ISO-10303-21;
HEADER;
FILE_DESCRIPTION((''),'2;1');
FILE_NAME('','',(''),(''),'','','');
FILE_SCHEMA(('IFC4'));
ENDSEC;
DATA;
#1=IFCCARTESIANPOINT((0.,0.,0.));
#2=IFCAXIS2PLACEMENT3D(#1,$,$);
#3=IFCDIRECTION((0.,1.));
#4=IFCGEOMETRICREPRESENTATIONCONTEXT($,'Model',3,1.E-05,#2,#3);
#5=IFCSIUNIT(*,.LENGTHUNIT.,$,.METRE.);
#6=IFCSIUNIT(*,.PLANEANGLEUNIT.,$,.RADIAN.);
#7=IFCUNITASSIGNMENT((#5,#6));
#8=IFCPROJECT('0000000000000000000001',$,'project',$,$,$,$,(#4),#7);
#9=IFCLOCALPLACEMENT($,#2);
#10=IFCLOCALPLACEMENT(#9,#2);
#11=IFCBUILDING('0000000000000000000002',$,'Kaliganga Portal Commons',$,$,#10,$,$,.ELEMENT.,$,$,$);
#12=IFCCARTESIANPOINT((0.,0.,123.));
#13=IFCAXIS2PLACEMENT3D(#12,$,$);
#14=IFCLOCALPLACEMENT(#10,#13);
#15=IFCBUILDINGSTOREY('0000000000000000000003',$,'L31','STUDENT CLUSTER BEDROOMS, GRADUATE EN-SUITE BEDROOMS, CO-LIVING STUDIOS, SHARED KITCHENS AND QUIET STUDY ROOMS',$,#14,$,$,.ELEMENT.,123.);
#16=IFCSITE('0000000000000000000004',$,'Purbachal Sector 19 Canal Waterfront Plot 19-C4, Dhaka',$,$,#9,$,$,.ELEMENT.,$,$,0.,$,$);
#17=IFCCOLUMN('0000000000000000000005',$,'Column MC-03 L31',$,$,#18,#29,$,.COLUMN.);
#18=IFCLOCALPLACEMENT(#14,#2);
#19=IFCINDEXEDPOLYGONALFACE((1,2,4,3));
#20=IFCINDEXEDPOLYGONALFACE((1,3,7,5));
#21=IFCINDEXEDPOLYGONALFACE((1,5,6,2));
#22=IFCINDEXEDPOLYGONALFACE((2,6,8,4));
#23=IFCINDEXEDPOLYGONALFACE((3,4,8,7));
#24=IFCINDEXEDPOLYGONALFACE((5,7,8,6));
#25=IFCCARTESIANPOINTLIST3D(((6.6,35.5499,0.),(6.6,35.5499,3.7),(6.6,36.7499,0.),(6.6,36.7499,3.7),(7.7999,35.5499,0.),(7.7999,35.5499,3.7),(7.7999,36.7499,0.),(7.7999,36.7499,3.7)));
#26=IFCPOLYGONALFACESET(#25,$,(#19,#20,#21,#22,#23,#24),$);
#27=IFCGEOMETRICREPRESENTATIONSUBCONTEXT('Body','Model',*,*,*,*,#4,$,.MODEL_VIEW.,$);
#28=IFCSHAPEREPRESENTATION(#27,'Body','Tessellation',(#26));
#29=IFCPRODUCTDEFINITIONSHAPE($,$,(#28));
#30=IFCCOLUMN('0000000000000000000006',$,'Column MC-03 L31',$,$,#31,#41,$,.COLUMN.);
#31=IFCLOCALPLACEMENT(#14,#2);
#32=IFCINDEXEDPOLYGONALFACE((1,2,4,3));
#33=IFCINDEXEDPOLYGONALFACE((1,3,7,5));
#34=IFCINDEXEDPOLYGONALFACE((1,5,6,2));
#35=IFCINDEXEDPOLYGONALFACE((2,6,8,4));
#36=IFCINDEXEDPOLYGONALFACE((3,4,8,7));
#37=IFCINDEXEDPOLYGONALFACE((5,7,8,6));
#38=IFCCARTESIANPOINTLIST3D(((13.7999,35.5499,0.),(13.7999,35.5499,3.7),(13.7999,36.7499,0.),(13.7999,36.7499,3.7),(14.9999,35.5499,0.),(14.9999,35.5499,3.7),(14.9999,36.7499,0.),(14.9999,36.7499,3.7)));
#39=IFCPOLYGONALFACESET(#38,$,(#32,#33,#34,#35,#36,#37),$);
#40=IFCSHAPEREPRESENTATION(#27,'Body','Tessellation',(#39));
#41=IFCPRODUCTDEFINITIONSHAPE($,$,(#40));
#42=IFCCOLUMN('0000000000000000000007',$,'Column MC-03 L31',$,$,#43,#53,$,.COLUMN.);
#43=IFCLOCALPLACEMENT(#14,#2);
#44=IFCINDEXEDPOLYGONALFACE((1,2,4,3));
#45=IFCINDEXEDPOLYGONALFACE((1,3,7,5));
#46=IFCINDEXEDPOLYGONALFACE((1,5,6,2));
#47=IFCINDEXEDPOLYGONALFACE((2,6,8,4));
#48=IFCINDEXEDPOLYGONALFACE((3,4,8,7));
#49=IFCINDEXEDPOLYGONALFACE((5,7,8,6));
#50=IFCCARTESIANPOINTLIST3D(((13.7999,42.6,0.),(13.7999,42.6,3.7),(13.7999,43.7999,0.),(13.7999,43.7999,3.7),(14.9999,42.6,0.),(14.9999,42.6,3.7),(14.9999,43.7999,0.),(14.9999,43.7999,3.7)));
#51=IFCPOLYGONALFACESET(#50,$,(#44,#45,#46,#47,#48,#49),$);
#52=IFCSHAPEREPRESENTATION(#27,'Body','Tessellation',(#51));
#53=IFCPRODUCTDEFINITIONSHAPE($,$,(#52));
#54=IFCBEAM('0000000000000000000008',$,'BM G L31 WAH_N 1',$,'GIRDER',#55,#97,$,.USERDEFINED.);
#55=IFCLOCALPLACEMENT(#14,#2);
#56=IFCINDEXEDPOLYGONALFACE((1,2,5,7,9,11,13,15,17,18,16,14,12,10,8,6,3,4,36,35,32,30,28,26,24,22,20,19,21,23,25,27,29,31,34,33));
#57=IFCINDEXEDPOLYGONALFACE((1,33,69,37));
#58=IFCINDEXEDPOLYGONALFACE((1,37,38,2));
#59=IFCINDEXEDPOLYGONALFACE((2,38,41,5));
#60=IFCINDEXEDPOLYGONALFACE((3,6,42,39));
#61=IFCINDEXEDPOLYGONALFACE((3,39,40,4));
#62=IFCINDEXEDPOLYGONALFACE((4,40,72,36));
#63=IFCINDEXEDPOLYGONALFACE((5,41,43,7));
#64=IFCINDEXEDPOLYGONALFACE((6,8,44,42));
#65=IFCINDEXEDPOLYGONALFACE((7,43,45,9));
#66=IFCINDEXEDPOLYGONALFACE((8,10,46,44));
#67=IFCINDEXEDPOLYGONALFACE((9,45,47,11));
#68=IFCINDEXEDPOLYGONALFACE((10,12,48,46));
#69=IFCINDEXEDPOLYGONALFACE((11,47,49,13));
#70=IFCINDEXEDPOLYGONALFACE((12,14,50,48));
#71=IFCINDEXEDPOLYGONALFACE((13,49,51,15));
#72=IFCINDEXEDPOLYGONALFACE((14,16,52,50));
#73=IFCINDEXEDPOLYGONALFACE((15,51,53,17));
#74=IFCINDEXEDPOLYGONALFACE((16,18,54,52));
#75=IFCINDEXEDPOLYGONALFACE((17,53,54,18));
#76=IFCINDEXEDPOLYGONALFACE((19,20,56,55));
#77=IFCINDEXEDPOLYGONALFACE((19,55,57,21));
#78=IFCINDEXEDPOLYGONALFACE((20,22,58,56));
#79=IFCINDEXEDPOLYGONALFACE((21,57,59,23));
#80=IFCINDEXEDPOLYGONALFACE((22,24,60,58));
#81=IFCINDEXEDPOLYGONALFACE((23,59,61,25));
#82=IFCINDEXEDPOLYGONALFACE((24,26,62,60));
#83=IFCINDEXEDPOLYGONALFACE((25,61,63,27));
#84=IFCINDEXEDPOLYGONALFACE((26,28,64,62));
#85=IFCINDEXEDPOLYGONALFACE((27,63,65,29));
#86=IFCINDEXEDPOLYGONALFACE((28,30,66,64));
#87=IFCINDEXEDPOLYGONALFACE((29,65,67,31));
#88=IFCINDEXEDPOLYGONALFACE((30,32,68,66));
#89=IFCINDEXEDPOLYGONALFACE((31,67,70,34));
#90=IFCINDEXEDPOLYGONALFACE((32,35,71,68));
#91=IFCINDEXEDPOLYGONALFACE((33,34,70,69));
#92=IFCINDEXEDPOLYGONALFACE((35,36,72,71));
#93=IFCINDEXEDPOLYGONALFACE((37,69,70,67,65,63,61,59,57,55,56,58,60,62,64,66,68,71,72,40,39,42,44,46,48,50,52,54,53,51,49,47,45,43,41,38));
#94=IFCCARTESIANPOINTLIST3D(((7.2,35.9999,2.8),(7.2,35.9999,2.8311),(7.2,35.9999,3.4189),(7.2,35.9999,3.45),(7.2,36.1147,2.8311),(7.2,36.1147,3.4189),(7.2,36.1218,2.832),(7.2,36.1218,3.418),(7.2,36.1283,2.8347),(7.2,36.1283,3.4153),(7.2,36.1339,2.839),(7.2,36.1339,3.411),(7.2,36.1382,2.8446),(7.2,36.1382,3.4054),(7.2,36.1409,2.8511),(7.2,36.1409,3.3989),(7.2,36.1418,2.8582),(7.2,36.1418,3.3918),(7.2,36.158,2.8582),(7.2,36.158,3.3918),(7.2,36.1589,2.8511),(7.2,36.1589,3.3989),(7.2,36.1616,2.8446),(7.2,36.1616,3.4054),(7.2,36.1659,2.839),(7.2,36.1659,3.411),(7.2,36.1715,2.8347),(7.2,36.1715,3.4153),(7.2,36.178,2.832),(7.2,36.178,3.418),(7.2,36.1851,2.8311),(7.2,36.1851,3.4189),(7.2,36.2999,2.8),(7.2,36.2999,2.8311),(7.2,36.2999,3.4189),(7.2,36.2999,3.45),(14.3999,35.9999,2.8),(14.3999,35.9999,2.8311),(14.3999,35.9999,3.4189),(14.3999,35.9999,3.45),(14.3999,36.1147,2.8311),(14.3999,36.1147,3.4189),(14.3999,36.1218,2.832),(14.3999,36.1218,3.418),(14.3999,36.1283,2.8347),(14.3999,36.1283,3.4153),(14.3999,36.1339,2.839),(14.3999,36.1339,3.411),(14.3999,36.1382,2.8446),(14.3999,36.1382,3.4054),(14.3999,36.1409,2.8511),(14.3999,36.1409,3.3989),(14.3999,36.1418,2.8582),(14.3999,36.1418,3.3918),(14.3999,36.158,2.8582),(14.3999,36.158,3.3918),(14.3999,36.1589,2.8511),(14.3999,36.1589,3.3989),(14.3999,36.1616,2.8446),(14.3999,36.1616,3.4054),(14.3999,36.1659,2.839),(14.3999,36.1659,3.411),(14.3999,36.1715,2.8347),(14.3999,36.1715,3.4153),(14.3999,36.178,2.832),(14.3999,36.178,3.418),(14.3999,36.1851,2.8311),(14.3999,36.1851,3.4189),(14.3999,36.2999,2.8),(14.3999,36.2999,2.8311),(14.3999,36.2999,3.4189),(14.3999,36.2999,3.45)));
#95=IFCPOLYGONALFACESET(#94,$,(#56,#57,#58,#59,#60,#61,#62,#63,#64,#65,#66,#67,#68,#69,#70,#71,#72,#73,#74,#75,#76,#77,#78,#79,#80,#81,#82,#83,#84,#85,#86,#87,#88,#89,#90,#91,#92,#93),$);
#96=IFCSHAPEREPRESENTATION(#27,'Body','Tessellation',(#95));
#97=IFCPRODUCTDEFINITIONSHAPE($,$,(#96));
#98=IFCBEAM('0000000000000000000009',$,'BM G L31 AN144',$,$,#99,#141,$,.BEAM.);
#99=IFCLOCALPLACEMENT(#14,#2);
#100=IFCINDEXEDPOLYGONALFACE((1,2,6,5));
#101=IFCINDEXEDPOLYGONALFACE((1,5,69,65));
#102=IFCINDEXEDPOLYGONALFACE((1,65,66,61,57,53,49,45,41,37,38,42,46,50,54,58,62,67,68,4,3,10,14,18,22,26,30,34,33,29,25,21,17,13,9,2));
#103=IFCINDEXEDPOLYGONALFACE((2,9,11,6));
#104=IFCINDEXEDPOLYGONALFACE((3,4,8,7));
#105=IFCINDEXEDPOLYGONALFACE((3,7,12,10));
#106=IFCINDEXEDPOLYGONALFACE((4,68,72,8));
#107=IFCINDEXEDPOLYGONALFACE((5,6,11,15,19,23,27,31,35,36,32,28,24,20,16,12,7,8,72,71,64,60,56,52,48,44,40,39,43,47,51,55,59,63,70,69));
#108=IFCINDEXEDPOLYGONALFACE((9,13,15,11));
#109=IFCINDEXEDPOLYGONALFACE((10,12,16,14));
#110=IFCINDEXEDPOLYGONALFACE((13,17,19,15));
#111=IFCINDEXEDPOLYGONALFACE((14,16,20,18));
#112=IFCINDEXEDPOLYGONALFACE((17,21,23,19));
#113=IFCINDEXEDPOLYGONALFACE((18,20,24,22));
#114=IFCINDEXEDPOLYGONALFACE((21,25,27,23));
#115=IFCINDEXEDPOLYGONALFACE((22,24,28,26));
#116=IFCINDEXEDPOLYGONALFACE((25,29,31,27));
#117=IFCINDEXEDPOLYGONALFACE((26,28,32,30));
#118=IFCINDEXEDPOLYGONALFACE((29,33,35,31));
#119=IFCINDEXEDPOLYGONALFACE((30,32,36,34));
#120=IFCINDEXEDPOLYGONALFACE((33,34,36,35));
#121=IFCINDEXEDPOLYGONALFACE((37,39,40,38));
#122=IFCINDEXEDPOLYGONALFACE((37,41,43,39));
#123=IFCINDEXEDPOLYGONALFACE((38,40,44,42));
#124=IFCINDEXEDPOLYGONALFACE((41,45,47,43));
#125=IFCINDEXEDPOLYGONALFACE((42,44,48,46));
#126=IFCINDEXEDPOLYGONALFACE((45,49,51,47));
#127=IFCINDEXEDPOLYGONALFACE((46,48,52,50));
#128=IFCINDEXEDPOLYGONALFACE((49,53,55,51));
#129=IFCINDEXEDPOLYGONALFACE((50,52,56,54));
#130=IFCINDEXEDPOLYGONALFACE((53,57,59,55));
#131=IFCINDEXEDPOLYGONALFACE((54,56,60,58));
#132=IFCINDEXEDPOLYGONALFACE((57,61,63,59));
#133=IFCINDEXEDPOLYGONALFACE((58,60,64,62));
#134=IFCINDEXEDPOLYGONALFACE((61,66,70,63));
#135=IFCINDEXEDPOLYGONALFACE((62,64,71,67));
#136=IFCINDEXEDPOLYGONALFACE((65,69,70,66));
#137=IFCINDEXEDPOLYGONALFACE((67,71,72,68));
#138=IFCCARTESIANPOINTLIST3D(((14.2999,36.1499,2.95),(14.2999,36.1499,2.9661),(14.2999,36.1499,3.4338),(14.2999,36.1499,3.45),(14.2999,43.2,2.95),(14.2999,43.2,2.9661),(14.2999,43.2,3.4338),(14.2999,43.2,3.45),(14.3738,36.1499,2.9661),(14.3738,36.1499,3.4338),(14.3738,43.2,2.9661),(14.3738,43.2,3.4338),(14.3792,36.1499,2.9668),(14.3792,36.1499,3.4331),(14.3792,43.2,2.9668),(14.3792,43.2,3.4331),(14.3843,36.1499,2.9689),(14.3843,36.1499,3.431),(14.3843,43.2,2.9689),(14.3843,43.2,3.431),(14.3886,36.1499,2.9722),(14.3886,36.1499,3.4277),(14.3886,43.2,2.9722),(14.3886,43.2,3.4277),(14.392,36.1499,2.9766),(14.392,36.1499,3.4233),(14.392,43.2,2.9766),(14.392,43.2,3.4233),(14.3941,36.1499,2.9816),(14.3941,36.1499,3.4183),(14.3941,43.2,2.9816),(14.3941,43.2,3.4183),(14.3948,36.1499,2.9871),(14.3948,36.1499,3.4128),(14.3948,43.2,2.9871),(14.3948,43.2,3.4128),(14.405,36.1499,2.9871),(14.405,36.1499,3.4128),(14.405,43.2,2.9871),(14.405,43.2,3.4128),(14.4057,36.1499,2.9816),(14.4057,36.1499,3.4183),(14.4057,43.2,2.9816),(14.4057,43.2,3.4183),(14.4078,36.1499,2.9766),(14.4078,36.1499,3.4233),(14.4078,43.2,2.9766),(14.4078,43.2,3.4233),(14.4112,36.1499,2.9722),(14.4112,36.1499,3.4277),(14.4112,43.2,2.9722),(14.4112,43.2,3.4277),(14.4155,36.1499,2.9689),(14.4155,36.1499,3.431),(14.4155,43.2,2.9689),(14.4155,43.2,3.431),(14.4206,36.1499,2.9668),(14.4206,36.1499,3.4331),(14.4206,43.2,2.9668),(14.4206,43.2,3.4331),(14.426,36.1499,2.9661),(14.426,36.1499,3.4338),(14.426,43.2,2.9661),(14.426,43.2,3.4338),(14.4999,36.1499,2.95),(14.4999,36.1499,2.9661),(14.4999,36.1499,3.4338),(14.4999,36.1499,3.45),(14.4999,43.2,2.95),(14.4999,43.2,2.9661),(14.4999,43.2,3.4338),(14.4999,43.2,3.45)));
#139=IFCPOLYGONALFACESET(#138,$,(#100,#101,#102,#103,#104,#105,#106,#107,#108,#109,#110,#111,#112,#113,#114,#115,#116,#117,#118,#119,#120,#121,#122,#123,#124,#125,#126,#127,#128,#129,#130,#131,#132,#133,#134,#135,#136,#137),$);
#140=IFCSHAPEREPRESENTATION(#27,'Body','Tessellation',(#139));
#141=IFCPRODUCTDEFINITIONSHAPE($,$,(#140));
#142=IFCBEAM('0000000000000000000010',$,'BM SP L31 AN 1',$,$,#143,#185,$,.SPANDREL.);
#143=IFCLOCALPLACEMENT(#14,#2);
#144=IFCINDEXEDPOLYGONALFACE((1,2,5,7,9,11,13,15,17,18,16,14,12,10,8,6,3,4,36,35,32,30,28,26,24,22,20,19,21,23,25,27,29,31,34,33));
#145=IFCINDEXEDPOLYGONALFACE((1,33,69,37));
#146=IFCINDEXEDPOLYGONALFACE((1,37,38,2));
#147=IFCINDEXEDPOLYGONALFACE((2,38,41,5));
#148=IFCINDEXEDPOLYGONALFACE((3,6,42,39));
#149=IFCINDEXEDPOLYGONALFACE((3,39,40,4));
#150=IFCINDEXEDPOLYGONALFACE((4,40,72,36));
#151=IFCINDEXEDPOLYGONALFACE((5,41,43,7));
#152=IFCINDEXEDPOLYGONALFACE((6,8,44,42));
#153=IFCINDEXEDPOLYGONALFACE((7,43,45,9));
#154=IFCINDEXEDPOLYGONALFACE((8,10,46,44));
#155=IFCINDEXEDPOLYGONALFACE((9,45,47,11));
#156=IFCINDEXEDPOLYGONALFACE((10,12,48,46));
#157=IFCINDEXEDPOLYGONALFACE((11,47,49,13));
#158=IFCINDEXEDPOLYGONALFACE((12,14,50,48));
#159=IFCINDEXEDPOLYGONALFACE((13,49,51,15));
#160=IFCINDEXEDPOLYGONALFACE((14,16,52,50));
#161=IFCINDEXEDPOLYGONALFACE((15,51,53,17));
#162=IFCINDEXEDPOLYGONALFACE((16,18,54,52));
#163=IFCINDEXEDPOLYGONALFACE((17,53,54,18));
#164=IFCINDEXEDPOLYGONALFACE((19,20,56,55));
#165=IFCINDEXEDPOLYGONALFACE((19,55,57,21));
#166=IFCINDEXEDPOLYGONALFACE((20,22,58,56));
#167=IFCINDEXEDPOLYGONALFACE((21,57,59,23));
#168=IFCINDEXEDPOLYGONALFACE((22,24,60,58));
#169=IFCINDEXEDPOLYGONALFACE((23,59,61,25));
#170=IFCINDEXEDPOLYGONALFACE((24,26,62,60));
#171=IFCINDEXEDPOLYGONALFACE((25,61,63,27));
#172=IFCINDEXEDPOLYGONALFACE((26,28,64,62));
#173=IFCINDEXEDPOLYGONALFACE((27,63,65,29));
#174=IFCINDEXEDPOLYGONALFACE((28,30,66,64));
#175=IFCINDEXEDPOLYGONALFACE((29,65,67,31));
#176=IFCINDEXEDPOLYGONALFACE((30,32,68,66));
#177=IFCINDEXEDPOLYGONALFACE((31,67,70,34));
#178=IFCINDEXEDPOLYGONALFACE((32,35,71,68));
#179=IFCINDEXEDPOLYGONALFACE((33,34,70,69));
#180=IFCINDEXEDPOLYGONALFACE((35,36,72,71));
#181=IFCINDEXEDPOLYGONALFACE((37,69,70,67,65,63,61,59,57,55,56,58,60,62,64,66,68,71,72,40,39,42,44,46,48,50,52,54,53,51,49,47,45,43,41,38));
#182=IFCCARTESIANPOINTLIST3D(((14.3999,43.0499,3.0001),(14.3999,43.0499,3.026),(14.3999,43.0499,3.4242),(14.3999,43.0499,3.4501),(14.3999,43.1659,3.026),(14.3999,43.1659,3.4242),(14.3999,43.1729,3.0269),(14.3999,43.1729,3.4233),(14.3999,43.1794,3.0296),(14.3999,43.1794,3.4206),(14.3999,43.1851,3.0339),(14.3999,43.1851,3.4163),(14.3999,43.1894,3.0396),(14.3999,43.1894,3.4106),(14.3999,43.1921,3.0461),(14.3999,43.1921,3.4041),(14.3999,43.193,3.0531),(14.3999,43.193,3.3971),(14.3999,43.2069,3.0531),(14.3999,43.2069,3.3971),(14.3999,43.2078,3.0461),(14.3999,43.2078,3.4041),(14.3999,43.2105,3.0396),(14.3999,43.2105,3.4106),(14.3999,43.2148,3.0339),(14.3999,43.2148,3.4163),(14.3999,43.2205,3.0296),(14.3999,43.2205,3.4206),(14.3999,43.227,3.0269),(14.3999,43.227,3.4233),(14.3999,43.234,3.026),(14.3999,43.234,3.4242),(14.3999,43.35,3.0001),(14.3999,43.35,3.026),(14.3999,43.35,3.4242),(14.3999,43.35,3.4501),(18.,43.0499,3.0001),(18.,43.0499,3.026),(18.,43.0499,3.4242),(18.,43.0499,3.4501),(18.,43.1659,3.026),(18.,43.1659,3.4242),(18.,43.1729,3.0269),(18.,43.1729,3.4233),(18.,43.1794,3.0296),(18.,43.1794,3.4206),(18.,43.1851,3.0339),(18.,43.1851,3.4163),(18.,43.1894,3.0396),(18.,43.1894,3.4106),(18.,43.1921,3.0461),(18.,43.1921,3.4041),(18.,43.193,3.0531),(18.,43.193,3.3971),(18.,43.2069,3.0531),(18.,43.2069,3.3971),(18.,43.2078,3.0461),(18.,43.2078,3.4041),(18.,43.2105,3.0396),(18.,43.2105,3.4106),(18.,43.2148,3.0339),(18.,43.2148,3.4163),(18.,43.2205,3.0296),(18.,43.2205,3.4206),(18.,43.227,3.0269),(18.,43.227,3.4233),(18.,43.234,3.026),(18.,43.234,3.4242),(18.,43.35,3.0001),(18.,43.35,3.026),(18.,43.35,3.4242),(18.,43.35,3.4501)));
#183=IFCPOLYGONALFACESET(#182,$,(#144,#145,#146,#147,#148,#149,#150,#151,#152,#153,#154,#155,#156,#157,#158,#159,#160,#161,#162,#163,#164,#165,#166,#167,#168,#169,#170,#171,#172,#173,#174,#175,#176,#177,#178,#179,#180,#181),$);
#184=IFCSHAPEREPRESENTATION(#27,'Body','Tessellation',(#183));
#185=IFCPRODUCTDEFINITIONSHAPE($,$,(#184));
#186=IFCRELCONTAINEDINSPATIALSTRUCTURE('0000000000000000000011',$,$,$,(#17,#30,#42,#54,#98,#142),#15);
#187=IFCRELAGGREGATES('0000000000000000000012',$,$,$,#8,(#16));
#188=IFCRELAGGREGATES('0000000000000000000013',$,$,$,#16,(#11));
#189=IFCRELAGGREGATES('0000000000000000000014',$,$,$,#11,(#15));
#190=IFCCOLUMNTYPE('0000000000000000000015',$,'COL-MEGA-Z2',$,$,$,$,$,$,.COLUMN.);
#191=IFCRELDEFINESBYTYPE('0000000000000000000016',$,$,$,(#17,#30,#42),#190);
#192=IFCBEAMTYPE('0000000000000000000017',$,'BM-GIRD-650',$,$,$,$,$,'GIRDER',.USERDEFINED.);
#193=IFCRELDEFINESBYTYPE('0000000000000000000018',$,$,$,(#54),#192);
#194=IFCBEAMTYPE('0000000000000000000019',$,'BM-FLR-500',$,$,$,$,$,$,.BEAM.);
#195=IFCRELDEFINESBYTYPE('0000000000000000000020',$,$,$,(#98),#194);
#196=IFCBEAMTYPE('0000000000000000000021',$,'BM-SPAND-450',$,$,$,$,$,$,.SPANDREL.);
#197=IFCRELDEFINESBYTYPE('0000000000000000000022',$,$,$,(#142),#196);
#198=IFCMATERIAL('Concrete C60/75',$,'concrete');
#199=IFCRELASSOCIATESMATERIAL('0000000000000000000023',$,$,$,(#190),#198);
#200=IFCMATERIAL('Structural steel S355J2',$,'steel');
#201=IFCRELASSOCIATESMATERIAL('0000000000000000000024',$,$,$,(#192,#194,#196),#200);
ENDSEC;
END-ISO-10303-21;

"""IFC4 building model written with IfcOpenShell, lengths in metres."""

from ifc_helpers import new_model, si_unit, direction, frame, origin, origin_2d, place, context, subcontext, project, spatial, rectangle, i_section, extrude, source, transform, mapped, material, material_profile, profile_set, type_object, element, save


model = new_model("IFC4")

# Units and contexts
model_context = context("Model", 3, precision=1e-05, world=origin(), true_north=direction((0.0, 1.0)))
body_context = subcontext(model_context, "Body", "Model", "MODEL_VIEW")
ifc_project = project(units=[si_unit("LENGTHUNIT", "METRE"), si_unit("PLANEANGLEUNIT", "RADIAN")], contexts=[model_context])

# Site, building, storey
site_placement = place(None, origin())
site = spatial("IfcSite", under=ifc_project, at=site_placement, Name="Purbachal Sector 19 Canal Waterfront Plot 19-C4, Dhaka", CompositionType="ELEMENT", RefElevation=0.0)
building_placement = place(site_placement, origin())
building = spatial("IfcBuilding", under=site, at=building_placement, Name="Kaliganga Portal Commons", CompositionType="ELEMENT")
storey_placement = place(building_placement, frame((0.0, 0.0, 123.0)))
storey = spatial("IfcBuildingStorey", under=building, at=storey_placement, Name="L31", Description="STUDENT CLUSTER BEDROOMS, GRADUATE EN-SUITE BEDROOMS, CO-LIVING STUDIOS, SHARED KITCHENS AND QUIET STUDY ROOMS", CompositionType="ELEMENT", Elevation=123.0)

# Columns
ifc_material_1 = material(Name="Concrete C60/75", Category="concrete")
ifc_material_profile_1 = material_profile(ifc_material_1, rectangle(XDim=1.2, YDim=1.2, at=origin_2d()), Name="RC 1200x1200")
ifc_profile_set_1 = profile_set([ifc_material_profile_1], Name="Concrete C60/75")
column_type = type_object("IfcColumnType", Name="COL-MEGA-Z2", PredefinedType="COLUMN", material=ifc_profile_set_1)
shared_shape_1 = source(origin(), body_context, "Body", "SweptSolid", [
    extrude(rectangle(XDim=1.2, YDim=1.2, at=origin_2d()), origin(), (0.0, 0.0, 1.0), 3.7),
])
for number, where, z_axis, x_axis, name in (
    (1, (7.2, 36.1499, 0.0), (0.0, 0.0, 1.0), (1.0, 0.0, 0.0), "Column MC-03 L31"),
    (2, (14.3999, 36.1499, 0.0), (0.0, 0.0, 1.0), (1.0, 0.0, 0.0), "Column MC-03 L31"),
    (3, (14.3999, 43.2, 0.0), (0.0, 0.0, 1.0), (1.0, 0.0, 0.0), "Column MC-03 L31"),
):
    element("IfcColumn", number, at=place(storey_placement, frame(where, z_axis=z_axis, x_axis=x_axis)), inside=storey, type_object=column_type, Name=name, PredefinedType="COLUMN", context=body_context, shape_type="MappedRepresentation", body=[
        mapped(shared_shape_1, transform((0.0, 0.0, 0.0), x_axis=(1.0, 0.0, 0.0), y_axis=(0.0, 1.0, 0.0), z_axis=(0.0, 0.0, 1.0), scale=1.0)),
    ])

# Beams
ifc_material_2 = material(Name="Structural steel S355J2", Category="steel")
ifc_material_profile_2 = material_profile(ifc_material_2, i_section(OverallWidth=0.3, OverallDepth=0.6499, WebThickness=0.0161, FlangeThickness=0.031, FilletRadius=0.0271, at=origin_2d()), Name="HE 650 B")
ifc_profile_set_2 = profile_set([ifc_material_profile_2], Name="Structural steel S355J2 wide-flange")
beam_type_1 = type_object("IfcBeamType", Name="BM-GIRD-650", ElementType="GIRDER", PredefinedType="USERDEFINED", material=ifc_profile_set_2)
shared_shape_2 = source(origin(), body_context, "Body", "SweptSolid", [
    extrude(i_section(OverallWidth=0.3, OverallDepth=0.6499, WebThickness=0.0161, FlangeThickness=0.031, FilletRadius=0.0271, at=origin_2d()), origin(), (0.0, 0.0, 1.0), 7.2),
])
beam_1_placement = place(storey_placement, frame((7.2, 36.1499, 3.125), z_axis=(1.0, 0.0, 0.0), x_axis=(0.0, 1.0, 0.0)))
element("IfcBeam", 4, at=beam_1_placement, inside=storey, type_object=beam_type_1, Name="BM G L31 WAH_N 1", ObjectType="GIRDER", PredefinedType="USERDEFINED", context=body_context, shape_type="MappedRepresentation", body=[
    mapped(shared_shape_2, transform((0.0, 0.0, 0.0), x_axis=(1.0, 0.0, 0.0), y_axis=(0.0, 1.0, 0.0), z_axis=(0.0, 0.0, 1.0), scale=1.0)),
])
ifc_material_profile_3 = material_profile(ifc_material_2, i_section(OverallWidth=0.2, OverallDepth=0.5, WebThickness=0.0103, FlangeThickness=0.0161, FilletRadius=0.021, at=origin_2d()), Name="IPE 500")
ifc_profile_set_3 = profile_set([ifc_material_profile_3], Name="Structural steel S355J2 wide-flange")
beam_type_2 = type_object("IfcBeamType", Name="BM-FLR-500", PredefinedType="BEAM", material=ifc_profile_set_3)
shared_shape_3 = source(origin(), body_context, "Body", "SweptSolid", [
    extrude(i_section(OverallWidth=0.2, OverallDepth=0.5, WebThickness=0.0103, FlangeThickness=0.0161, FilletRadius=0.021, at=origin_2d()), origin(), (0.0, 0.0, 1.0), 7.05),
])
beam_2_placement = place(storey_placement, frame((14.3999, 36.1499, 3.2), z_axis=(0.0, 1.0, 0.0), x_axis=(-1.0, 0.0, 0.0)))
element("IfcBeam", 5, at=beam_2_placement, inside=storey, type_object=beam_type_2, Name="BM G L31 AN144", PredefinedType="BEAM", context=body_context, shape_type="MappedRepresentation", body=[
    mapped(shared_shape_3, transform((0.0, 0.0, 0.0), x_axis=(1.0, 0.0, 0.0), y_axis=(0.0, 1.0, 0.0), z_axis=(0.0, 0.0, 1.0), scale=1.0)),
])
ifc_material_profile_4 = material_profile(ifc_material_2, i_section(OverallWidth=0.3, OverallDepth=0.45, WebThickness=0.0139, FlangeThickness=0.0259, FilletRadius=0.0271, at=origin_2d()), Name="HE 450 B")
ifc_profile_set_4 = profile_set([ifc_material_profile_4], Name="Structural steel S355J2 wide-flange")
beam_type_3 = type_object("IfcBeamType", Name="BM-SPAND-450", PredefinedType="SPANDREL", material=ifc_profile_set_4)
shared_shape_4 = source(origin(), body_context, "Body", "SweptSolid", [
    extrude(i_section(OverallWidth=0.3, OverallDepth=0.45, WebThickness=0.0139, FlangeThickness=0.0259, FilletRadius=0.0271, at=origin_2d()), origin(), (0.0, 0.0, 1.0), 3.6001),
])
beam_3_placement = place(storey_placement, frame((14.3999, 43.2, 3.2251), z_axis=(1.0, 0.0, 0.0), x_axis=(0.0, 1.0, 0.0)))
element("IfcBeam", 6, at=beam_3_placement, inside=storey, type_object=beam_type_3, Name="BM SP L31 AN 1", PredefinedType="SPANDREL", context=body_context, shape_type="MappedRepresentation", body=[
    mapped(shared_shape_4, transform((0.0, 0.0, 0.0), x_axis=(1.0, 0.0, 0.0), y_axis=(0.0, 1.0, 0.0), z_axis=(0.0, 0.0, 1.0), scale=1.0)),
])

save(model, "model.ifc")
